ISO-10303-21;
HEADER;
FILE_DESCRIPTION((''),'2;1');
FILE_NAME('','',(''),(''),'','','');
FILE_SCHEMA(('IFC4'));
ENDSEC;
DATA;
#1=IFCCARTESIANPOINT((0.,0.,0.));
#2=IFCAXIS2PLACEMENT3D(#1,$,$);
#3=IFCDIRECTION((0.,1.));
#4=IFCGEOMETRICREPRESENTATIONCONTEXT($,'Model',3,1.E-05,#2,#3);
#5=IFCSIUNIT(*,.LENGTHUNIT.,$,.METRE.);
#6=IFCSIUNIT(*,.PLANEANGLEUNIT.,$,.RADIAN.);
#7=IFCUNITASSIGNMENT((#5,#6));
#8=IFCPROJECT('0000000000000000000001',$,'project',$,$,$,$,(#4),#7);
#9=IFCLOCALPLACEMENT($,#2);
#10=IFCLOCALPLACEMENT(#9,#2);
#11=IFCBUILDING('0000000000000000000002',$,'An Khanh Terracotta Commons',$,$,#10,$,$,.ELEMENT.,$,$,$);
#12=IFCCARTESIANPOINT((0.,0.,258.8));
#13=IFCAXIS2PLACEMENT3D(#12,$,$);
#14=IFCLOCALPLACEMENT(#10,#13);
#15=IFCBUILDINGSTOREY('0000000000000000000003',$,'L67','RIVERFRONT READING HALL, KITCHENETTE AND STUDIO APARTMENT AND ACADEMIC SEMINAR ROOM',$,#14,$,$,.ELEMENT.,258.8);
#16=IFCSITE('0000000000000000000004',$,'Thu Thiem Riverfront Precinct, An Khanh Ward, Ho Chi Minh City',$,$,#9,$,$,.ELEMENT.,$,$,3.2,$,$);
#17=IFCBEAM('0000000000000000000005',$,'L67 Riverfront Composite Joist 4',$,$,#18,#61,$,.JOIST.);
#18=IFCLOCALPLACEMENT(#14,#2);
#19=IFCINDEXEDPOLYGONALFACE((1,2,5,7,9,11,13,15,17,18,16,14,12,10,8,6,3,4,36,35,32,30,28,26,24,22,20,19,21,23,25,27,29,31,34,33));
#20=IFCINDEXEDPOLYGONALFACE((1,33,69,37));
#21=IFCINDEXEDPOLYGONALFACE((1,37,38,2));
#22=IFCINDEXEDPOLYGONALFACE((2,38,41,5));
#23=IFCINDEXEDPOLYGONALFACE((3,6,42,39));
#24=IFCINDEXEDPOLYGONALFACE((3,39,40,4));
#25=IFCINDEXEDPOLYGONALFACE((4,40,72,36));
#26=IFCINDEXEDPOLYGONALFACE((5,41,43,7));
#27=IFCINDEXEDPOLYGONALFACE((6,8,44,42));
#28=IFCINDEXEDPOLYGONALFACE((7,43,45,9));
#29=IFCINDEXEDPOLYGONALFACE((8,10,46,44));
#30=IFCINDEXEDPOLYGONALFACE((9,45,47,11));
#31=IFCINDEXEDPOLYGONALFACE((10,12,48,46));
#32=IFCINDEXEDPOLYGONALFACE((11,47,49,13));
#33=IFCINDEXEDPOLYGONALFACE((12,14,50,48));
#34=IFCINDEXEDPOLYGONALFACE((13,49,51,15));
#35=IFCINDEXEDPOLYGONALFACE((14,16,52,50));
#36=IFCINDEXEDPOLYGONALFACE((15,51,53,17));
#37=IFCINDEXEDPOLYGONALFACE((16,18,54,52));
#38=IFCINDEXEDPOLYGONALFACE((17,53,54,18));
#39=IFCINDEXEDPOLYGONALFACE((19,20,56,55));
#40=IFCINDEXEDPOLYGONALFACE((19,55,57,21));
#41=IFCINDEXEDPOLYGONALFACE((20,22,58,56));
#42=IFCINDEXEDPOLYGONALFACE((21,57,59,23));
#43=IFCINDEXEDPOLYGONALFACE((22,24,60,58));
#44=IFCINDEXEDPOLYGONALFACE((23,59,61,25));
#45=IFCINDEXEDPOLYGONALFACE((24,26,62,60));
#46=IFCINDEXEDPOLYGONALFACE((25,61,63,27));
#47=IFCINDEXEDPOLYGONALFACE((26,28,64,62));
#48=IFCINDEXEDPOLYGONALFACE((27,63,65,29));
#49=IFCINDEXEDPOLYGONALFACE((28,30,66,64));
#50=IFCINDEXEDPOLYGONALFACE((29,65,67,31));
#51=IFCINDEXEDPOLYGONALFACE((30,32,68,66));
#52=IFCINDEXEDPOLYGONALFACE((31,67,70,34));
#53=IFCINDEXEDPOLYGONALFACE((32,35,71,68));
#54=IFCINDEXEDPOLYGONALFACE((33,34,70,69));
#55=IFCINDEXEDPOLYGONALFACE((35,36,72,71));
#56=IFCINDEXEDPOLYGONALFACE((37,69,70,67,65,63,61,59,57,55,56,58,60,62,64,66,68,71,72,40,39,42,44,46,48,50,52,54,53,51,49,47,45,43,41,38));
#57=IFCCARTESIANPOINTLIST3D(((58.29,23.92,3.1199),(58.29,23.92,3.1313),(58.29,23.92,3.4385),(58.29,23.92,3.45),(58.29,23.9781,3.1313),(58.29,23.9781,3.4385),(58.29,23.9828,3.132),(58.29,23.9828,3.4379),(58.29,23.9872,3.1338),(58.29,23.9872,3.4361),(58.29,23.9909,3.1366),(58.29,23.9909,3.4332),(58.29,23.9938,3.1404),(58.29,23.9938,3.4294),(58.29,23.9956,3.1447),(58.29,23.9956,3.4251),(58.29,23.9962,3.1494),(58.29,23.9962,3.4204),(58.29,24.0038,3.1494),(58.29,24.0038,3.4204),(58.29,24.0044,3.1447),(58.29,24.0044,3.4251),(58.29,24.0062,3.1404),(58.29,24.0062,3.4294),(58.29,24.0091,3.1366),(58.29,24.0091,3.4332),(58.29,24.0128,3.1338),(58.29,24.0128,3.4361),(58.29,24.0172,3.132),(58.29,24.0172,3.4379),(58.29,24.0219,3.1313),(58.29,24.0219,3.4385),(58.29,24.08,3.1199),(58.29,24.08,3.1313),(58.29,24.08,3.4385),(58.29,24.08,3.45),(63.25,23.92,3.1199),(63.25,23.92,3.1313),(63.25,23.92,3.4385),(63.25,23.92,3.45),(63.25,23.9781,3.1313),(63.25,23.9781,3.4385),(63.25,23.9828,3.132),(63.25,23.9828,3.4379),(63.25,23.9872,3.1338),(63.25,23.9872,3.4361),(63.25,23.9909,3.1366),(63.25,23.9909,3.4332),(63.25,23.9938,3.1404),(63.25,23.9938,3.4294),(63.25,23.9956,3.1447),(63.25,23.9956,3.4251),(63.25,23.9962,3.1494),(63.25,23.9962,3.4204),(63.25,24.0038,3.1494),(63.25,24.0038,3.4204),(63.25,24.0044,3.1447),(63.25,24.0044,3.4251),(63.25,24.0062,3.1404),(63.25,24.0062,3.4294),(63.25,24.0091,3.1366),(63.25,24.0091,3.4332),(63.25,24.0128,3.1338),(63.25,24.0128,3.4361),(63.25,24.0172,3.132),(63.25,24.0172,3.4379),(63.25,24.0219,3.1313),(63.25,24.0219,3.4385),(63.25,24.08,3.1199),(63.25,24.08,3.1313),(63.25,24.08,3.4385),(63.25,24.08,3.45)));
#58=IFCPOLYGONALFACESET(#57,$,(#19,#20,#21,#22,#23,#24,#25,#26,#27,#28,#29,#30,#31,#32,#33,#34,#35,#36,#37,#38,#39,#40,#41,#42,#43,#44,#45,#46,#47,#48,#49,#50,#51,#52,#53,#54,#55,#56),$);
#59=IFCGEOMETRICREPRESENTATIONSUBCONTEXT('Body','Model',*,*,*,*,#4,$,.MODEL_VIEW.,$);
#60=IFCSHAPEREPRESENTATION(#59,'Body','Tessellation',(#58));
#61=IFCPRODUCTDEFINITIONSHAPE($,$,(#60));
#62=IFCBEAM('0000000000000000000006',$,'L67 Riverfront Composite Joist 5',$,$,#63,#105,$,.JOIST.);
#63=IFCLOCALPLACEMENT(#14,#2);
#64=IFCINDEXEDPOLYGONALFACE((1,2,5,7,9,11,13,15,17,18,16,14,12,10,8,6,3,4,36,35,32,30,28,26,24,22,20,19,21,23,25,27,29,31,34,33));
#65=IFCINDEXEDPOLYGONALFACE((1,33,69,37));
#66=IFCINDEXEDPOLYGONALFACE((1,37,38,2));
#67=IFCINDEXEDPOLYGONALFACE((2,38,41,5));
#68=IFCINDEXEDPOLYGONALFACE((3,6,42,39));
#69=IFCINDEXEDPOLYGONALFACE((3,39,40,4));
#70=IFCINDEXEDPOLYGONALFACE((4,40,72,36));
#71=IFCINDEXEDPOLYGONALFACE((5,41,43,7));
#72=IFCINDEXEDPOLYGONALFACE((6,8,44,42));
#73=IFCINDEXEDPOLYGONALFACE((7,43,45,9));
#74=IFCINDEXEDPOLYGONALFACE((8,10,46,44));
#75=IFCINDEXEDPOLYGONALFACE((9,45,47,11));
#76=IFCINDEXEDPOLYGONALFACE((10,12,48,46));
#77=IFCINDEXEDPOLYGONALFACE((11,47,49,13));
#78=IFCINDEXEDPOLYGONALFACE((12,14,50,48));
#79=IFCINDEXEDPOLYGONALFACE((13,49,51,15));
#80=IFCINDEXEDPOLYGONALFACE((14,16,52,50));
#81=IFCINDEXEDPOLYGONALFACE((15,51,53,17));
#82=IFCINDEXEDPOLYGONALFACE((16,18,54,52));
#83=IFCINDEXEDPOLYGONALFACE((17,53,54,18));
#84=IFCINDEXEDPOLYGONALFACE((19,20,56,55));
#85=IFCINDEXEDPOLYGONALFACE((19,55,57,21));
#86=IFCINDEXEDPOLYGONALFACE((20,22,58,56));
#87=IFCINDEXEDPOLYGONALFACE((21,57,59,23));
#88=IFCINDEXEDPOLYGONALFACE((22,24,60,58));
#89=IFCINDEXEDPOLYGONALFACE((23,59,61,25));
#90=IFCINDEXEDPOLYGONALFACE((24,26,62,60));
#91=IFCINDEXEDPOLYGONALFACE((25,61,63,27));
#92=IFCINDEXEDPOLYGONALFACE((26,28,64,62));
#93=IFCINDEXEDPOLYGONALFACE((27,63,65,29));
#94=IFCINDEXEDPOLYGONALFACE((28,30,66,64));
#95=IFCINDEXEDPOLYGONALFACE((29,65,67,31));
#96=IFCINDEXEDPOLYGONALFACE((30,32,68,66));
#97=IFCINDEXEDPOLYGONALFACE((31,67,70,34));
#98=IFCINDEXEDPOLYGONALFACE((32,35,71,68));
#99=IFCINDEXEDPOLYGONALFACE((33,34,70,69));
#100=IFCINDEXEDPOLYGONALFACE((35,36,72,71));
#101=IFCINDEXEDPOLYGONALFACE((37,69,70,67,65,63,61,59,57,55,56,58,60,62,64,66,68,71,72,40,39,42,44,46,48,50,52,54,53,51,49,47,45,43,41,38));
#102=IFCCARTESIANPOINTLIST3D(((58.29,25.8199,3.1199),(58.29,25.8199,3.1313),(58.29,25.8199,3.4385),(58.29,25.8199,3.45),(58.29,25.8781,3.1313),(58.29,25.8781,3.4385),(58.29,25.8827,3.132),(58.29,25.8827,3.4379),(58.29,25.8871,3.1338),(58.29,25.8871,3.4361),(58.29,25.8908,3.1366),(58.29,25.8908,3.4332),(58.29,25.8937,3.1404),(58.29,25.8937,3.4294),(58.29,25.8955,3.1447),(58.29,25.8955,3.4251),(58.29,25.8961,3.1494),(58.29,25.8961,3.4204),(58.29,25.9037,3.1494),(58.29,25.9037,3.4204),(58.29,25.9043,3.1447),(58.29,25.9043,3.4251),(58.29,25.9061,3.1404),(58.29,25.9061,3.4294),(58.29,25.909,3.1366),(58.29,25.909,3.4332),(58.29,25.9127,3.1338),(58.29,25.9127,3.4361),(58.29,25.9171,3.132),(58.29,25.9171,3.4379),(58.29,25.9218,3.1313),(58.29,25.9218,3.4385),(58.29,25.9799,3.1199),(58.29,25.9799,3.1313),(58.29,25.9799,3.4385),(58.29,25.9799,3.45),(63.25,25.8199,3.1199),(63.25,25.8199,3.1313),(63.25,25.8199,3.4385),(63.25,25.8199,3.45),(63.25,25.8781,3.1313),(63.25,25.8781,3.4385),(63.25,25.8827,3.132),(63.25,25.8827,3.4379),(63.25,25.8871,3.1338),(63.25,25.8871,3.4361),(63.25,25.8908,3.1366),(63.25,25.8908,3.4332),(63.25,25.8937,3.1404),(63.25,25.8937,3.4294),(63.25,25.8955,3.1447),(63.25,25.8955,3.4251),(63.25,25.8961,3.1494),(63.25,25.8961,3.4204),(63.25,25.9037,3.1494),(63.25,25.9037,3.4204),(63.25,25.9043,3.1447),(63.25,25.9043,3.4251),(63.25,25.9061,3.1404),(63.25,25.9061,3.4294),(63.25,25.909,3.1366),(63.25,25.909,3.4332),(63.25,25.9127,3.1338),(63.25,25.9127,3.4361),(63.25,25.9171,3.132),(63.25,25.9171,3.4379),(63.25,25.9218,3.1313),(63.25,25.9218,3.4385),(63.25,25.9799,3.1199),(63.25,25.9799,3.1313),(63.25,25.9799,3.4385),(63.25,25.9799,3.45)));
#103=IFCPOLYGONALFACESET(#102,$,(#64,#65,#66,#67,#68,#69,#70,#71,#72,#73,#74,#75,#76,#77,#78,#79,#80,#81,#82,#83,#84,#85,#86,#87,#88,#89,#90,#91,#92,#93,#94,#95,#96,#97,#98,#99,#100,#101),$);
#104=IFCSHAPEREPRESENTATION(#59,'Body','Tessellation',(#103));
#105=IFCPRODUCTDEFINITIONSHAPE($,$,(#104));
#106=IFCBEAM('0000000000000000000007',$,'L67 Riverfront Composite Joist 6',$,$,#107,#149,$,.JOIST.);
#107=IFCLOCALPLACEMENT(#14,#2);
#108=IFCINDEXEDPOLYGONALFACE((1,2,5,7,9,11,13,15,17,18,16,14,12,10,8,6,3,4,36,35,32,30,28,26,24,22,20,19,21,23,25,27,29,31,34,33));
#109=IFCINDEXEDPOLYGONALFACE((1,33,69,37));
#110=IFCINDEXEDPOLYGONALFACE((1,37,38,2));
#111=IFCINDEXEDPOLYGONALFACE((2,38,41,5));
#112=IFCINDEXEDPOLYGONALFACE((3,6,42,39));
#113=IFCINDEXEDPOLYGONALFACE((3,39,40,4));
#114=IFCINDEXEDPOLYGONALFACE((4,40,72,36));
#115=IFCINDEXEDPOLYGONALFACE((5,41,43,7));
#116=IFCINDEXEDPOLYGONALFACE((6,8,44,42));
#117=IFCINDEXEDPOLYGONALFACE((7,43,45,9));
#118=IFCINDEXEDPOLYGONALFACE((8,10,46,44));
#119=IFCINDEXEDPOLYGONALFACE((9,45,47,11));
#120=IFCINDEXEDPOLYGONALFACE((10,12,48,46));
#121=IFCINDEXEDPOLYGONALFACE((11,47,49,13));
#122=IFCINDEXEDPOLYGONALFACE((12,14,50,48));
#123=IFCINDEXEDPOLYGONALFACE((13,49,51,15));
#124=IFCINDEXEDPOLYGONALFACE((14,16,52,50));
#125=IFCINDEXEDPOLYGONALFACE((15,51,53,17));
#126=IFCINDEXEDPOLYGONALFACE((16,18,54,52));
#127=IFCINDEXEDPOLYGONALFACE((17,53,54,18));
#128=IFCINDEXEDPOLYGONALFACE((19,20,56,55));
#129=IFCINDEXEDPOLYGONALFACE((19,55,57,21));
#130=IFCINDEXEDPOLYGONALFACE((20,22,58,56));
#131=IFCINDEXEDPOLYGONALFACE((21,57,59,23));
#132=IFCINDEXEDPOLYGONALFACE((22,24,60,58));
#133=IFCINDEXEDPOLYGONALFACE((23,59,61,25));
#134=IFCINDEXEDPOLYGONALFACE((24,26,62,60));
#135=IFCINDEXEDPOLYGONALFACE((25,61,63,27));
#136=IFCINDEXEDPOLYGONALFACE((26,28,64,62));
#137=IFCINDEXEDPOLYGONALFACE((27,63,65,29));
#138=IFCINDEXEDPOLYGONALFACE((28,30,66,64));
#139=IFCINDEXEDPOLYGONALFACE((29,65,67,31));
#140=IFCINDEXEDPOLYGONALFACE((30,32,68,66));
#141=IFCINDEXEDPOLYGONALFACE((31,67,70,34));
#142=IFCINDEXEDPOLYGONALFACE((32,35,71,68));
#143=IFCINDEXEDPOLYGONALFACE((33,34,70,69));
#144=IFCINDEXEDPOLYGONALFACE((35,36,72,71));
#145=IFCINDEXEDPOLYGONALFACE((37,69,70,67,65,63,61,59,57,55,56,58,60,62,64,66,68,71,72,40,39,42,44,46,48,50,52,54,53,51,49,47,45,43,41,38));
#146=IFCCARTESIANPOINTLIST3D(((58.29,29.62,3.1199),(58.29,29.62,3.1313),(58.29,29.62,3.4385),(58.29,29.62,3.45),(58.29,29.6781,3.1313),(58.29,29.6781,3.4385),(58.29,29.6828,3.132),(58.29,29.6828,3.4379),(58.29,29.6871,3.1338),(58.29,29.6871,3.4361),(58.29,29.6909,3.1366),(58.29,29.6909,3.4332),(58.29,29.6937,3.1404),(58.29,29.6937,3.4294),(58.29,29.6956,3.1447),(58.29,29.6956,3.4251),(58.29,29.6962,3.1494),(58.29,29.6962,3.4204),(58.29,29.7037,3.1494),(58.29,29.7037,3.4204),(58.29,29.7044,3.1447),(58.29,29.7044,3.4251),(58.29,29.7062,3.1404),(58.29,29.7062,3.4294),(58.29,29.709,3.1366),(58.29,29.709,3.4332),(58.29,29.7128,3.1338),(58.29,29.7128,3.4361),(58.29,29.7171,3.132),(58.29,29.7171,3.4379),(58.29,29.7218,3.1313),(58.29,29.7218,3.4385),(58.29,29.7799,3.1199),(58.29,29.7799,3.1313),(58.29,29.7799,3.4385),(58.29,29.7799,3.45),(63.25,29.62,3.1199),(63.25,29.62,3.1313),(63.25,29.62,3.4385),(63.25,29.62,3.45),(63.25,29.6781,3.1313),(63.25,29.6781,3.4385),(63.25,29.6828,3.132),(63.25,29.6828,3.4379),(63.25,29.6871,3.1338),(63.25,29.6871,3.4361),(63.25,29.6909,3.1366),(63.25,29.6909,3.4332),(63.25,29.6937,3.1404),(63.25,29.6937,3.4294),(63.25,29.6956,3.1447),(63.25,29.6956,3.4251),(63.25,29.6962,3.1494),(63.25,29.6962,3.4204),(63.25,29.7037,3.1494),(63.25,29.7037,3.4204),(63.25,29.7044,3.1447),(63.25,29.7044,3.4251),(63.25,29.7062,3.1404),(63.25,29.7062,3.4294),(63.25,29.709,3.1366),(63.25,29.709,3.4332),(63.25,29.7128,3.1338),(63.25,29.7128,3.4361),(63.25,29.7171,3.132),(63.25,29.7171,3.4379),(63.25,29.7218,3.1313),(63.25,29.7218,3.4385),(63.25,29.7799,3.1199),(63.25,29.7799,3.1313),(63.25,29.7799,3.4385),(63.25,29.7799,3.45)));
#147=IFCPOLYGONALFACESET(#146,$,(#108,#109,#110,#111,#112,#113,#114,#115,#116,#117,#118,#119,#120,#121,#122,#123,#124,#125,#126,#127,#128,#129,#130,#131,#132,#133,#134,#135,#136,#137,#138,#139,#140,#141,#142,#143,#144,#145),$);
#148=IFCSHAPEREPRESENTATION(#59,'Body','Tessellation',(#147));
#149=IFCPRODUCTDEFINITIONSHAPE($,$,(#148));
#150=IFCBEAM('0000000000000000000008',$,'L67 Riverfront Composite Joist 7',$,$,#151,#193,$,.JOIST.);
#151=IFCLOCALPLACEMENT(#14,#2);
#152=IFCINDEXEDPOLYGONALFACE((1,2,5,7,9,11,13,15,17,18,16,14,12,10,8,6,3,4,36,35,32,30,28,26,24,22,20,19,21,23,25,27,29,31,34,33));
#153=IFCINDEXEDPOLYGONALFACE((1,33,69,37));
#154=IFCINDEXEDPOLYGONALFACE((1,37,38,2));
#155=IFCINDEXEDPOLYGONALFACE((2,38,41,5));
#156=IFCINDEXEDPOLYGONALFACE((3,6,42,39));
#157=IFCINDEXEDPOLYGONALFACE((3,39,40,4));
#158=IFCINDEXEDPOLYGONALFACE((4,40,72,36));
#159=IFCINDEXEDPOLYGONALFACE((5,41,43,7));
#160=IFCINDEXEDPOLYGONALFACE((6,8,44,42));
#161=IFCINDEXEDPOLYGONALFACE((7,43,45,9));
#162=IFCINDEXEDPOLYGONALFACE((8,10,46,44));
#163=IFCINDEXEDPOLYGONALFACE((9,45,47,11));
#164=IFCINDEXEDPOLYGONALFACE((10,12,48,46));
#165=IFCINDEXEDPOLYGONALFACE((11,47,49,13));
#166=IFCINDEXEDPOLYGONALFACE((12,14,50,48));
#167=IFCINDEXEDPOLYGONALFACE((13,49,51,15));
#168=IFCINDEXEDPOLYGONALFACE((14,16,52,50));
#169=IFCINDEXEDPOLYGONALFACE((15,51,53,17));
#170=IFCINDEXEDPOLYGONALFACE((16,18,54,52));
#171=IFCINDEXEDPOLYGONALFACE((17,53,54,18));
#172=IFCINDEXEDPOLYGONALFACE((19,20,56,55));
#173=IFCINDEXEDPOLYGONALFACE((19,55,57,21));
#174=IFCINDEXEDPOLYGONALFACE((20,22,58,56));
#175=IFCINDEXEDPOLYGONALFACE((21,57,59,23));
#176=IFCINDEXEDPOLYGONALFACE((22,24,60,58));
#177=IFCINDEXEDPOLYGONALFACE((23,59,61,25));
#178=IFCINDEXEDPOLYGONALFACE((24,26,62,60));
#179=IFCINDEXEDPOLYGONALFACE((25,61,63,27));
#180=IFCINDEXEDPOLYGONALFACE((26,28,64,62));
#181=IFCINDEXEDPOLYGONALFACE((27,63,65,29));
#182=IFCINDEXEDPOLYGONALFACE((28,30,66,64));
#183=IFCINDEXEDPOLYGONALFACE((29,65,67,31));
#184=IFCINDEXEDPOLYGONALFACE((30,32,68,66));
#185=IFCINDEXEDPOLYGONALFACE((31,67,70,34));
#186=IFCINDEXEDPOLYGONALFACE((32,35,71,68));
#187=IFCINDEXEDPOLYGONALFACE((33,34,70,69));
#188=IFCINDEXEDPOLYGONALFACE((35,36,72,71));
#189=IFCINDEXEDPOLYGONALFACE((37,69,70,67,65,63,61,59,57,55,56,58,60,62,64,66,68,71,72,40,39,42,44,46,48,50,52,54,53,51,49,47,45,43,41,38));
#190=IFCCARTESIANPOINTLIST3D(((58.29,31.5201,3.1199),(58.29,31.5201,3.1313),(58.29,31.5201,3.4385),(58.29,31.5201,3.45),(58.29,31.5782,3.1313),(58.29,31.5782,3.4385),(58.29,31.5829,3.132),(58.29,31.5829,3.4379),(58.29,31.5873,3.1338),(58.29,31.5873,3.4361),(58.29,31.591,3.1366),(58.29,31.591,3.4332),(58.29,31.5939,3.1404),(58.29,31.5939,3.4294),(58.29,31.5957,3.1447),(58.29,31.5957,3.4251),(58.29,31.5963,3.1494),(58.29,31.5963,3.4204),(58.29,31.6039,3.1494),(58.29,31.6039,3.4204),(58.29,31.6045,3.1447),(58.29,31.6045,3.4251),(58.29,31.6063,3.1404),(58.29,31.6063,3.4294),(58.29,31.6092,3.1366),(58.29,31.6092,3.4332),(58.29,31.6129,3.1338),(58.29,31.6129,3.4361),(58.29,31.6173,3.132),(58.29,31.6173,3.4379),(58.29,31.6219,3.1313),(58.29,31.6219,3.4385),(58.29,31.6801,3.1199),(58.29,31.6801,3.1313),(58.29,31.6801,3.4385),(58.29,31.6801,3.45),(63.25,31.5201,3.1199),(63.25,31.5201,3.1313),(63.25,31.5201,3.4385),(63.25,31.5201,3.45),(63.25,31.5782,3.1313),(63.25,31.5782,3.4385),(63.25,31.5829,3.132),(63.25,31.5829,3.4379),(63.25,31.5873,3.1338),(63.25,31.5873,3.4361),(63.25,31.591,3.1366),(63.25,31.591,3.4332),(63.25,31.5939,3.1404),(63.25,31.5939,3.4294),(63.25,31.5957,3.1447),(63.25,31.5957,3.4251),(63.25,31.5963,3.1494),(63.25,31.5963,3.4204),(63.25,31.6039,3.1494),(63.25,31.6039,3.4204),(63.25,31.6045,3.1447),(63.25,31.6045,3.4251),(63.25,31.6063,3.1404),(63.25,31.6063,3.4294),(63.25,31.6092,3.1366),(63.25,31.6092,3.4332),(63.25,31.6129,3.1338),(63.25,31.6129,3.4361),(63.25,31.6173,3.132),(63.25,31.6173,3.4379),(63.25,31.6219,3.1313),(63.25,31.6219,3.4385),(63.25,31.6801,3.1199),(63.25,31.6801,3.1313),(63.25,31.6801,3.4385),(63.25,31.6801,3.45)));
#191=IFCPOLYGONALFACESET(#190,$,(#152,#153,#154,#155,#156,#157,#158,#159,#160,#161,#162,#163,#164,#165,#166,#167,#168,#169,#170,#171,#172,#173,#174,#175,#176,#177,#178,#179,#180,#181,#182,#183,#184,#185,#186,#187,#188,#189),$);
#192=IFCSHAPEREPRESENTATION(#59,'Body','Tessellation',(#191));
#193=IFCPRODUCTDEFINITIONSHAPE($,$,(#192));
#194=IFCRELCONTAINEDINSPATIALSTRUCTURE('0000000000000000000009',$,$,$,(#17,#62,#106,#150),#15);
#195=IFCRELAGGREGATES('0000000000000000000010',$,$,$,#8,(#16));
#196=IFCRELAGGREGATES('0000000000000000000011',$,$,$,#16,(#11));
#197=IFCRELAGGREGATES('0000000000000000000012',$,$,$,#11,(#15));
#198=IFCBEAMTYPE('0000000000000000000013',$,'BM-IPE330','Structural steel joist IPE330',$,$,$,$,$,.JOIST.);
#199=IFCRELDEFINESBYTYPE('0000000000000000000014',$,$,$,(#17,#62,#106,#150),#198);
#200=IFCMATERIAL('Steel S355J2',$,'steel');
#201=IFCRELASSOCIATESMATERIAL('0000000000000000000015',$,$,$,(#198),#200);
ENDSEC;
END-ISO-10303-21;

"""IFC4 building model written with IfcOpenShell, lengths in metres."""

from ifc_helpers import new_model, si_unit, direction, frame, origin, origin_2d, place, context, subcontext, project, spatial, i_section, extrude, material, material_profile, profile_set, type_object, element, save


model = new_model("IFC4")

# Units and contexts
model_context = context("Model", 3, precision=1e-05, world=origin(), true_north=direction((0.0, 1.0)))
body_context = subcontext(model_context, "Body", "Model", "MODEL_VIEW")
ifc_project = project(units=[si_unit("LENGTHUNIT", "METRE"), si_unit("PLANEANGLEUNIT", "RADIAN")], contexts=[model_context])

# Site, building, storey
site_placement = place(None, origin())
site = spatial("IfcSite", under=ifc_project, at=site_placement, Name="Thu Thiem Riverfront Precinct, An Khanh Ward, Ho Chi Minh City", CompositionType="ELEMENT", RefElevation=3.2)
building_placement = place(site_placement, origin())
building = spatial("IfcBuilding", under=site, at=building_placement, Name="An Khanh Terracotta Commons", CompositionType="ELEMENT")
storey_placement = place(building_placement, frame((0.0, 0.0, 258.8)))
storey = spatial("IfcBuildingStorey", under=building, at=storey_placement, Name="L67", Description="RIVERFRONT READING HALL, KITCHENETTE AND STUDIO APARTMENT AND ACADEMIC SEMINAR ROOM", CompositionType="ELEMENT", Elevation=258.8)

# Beams
ifc_material_1 = material(Name="Steel S355J2", Category="steel")
ifc_material_profile_1 = material_profile(ifc_material_1, i_section(OverallWidth=0.1599, OverallDepth=0.3301, WebThickness=0.0076, FlangeThickness=0.0115, FilletRadius=0.0181, at=origin_2d()), Name="IPE330")
ifc_profile_set_1 = profile_set([ifc_material_profile_1], Name="Steel S355J2")
beam_type_1 = type_object("IfcBeamType", Name="BM-IPE330", Description="Structural steel joist IPE330", PredefinedType="JOIST", material=ifc_profile_set_1)
for number, where, z_axis, x_axis, name in (
    (1, (58.29, 24.0, 3.2849), (1.0, 0.0, 0.0), (0.0, 1.0, 0.0), "L67 Riverfront Composite Joist 4"),
    (2, (58.29, 25.8999, 3.2849), (1.0, 0.0, 0.0), (0.0, 1.0, 0.0), "L67 Riverfront Composite Joist 5"),
    (3, (58.29, 29.7, 3.2849), (1.0, 0.0, 0.0), (0.0, 1.0, 0.0), "L67 Riverfront Composite Joist 6"),
    (4, (58.29, 31.6001, 3.2849), (1.0, 0.0, 0.0), (0.0, 1.0, 0.0), "L67 Riverfront Composite Joist 7"),
):
    element("IfcBeam", number, at=place(storey_placement, frame(where, z_axis=z_axis, x_axis=x_axis)), inside=storey, type_object=beam_type_1, Name=name, PredefinedType="JOIST", context=body_context, shape_type="SweptSolid", body=[
        extrude(i_section(OverallWidth=0.1599, OverallDepth=0.3301, WebThickness=0.0076, FlangeThickness=0.0115, FilletRadius=0.0181, at=origin_2d()), origin(), (0.0, 0.0, 1.0), 4.96),
    ])

save(model, "model.ifc")
